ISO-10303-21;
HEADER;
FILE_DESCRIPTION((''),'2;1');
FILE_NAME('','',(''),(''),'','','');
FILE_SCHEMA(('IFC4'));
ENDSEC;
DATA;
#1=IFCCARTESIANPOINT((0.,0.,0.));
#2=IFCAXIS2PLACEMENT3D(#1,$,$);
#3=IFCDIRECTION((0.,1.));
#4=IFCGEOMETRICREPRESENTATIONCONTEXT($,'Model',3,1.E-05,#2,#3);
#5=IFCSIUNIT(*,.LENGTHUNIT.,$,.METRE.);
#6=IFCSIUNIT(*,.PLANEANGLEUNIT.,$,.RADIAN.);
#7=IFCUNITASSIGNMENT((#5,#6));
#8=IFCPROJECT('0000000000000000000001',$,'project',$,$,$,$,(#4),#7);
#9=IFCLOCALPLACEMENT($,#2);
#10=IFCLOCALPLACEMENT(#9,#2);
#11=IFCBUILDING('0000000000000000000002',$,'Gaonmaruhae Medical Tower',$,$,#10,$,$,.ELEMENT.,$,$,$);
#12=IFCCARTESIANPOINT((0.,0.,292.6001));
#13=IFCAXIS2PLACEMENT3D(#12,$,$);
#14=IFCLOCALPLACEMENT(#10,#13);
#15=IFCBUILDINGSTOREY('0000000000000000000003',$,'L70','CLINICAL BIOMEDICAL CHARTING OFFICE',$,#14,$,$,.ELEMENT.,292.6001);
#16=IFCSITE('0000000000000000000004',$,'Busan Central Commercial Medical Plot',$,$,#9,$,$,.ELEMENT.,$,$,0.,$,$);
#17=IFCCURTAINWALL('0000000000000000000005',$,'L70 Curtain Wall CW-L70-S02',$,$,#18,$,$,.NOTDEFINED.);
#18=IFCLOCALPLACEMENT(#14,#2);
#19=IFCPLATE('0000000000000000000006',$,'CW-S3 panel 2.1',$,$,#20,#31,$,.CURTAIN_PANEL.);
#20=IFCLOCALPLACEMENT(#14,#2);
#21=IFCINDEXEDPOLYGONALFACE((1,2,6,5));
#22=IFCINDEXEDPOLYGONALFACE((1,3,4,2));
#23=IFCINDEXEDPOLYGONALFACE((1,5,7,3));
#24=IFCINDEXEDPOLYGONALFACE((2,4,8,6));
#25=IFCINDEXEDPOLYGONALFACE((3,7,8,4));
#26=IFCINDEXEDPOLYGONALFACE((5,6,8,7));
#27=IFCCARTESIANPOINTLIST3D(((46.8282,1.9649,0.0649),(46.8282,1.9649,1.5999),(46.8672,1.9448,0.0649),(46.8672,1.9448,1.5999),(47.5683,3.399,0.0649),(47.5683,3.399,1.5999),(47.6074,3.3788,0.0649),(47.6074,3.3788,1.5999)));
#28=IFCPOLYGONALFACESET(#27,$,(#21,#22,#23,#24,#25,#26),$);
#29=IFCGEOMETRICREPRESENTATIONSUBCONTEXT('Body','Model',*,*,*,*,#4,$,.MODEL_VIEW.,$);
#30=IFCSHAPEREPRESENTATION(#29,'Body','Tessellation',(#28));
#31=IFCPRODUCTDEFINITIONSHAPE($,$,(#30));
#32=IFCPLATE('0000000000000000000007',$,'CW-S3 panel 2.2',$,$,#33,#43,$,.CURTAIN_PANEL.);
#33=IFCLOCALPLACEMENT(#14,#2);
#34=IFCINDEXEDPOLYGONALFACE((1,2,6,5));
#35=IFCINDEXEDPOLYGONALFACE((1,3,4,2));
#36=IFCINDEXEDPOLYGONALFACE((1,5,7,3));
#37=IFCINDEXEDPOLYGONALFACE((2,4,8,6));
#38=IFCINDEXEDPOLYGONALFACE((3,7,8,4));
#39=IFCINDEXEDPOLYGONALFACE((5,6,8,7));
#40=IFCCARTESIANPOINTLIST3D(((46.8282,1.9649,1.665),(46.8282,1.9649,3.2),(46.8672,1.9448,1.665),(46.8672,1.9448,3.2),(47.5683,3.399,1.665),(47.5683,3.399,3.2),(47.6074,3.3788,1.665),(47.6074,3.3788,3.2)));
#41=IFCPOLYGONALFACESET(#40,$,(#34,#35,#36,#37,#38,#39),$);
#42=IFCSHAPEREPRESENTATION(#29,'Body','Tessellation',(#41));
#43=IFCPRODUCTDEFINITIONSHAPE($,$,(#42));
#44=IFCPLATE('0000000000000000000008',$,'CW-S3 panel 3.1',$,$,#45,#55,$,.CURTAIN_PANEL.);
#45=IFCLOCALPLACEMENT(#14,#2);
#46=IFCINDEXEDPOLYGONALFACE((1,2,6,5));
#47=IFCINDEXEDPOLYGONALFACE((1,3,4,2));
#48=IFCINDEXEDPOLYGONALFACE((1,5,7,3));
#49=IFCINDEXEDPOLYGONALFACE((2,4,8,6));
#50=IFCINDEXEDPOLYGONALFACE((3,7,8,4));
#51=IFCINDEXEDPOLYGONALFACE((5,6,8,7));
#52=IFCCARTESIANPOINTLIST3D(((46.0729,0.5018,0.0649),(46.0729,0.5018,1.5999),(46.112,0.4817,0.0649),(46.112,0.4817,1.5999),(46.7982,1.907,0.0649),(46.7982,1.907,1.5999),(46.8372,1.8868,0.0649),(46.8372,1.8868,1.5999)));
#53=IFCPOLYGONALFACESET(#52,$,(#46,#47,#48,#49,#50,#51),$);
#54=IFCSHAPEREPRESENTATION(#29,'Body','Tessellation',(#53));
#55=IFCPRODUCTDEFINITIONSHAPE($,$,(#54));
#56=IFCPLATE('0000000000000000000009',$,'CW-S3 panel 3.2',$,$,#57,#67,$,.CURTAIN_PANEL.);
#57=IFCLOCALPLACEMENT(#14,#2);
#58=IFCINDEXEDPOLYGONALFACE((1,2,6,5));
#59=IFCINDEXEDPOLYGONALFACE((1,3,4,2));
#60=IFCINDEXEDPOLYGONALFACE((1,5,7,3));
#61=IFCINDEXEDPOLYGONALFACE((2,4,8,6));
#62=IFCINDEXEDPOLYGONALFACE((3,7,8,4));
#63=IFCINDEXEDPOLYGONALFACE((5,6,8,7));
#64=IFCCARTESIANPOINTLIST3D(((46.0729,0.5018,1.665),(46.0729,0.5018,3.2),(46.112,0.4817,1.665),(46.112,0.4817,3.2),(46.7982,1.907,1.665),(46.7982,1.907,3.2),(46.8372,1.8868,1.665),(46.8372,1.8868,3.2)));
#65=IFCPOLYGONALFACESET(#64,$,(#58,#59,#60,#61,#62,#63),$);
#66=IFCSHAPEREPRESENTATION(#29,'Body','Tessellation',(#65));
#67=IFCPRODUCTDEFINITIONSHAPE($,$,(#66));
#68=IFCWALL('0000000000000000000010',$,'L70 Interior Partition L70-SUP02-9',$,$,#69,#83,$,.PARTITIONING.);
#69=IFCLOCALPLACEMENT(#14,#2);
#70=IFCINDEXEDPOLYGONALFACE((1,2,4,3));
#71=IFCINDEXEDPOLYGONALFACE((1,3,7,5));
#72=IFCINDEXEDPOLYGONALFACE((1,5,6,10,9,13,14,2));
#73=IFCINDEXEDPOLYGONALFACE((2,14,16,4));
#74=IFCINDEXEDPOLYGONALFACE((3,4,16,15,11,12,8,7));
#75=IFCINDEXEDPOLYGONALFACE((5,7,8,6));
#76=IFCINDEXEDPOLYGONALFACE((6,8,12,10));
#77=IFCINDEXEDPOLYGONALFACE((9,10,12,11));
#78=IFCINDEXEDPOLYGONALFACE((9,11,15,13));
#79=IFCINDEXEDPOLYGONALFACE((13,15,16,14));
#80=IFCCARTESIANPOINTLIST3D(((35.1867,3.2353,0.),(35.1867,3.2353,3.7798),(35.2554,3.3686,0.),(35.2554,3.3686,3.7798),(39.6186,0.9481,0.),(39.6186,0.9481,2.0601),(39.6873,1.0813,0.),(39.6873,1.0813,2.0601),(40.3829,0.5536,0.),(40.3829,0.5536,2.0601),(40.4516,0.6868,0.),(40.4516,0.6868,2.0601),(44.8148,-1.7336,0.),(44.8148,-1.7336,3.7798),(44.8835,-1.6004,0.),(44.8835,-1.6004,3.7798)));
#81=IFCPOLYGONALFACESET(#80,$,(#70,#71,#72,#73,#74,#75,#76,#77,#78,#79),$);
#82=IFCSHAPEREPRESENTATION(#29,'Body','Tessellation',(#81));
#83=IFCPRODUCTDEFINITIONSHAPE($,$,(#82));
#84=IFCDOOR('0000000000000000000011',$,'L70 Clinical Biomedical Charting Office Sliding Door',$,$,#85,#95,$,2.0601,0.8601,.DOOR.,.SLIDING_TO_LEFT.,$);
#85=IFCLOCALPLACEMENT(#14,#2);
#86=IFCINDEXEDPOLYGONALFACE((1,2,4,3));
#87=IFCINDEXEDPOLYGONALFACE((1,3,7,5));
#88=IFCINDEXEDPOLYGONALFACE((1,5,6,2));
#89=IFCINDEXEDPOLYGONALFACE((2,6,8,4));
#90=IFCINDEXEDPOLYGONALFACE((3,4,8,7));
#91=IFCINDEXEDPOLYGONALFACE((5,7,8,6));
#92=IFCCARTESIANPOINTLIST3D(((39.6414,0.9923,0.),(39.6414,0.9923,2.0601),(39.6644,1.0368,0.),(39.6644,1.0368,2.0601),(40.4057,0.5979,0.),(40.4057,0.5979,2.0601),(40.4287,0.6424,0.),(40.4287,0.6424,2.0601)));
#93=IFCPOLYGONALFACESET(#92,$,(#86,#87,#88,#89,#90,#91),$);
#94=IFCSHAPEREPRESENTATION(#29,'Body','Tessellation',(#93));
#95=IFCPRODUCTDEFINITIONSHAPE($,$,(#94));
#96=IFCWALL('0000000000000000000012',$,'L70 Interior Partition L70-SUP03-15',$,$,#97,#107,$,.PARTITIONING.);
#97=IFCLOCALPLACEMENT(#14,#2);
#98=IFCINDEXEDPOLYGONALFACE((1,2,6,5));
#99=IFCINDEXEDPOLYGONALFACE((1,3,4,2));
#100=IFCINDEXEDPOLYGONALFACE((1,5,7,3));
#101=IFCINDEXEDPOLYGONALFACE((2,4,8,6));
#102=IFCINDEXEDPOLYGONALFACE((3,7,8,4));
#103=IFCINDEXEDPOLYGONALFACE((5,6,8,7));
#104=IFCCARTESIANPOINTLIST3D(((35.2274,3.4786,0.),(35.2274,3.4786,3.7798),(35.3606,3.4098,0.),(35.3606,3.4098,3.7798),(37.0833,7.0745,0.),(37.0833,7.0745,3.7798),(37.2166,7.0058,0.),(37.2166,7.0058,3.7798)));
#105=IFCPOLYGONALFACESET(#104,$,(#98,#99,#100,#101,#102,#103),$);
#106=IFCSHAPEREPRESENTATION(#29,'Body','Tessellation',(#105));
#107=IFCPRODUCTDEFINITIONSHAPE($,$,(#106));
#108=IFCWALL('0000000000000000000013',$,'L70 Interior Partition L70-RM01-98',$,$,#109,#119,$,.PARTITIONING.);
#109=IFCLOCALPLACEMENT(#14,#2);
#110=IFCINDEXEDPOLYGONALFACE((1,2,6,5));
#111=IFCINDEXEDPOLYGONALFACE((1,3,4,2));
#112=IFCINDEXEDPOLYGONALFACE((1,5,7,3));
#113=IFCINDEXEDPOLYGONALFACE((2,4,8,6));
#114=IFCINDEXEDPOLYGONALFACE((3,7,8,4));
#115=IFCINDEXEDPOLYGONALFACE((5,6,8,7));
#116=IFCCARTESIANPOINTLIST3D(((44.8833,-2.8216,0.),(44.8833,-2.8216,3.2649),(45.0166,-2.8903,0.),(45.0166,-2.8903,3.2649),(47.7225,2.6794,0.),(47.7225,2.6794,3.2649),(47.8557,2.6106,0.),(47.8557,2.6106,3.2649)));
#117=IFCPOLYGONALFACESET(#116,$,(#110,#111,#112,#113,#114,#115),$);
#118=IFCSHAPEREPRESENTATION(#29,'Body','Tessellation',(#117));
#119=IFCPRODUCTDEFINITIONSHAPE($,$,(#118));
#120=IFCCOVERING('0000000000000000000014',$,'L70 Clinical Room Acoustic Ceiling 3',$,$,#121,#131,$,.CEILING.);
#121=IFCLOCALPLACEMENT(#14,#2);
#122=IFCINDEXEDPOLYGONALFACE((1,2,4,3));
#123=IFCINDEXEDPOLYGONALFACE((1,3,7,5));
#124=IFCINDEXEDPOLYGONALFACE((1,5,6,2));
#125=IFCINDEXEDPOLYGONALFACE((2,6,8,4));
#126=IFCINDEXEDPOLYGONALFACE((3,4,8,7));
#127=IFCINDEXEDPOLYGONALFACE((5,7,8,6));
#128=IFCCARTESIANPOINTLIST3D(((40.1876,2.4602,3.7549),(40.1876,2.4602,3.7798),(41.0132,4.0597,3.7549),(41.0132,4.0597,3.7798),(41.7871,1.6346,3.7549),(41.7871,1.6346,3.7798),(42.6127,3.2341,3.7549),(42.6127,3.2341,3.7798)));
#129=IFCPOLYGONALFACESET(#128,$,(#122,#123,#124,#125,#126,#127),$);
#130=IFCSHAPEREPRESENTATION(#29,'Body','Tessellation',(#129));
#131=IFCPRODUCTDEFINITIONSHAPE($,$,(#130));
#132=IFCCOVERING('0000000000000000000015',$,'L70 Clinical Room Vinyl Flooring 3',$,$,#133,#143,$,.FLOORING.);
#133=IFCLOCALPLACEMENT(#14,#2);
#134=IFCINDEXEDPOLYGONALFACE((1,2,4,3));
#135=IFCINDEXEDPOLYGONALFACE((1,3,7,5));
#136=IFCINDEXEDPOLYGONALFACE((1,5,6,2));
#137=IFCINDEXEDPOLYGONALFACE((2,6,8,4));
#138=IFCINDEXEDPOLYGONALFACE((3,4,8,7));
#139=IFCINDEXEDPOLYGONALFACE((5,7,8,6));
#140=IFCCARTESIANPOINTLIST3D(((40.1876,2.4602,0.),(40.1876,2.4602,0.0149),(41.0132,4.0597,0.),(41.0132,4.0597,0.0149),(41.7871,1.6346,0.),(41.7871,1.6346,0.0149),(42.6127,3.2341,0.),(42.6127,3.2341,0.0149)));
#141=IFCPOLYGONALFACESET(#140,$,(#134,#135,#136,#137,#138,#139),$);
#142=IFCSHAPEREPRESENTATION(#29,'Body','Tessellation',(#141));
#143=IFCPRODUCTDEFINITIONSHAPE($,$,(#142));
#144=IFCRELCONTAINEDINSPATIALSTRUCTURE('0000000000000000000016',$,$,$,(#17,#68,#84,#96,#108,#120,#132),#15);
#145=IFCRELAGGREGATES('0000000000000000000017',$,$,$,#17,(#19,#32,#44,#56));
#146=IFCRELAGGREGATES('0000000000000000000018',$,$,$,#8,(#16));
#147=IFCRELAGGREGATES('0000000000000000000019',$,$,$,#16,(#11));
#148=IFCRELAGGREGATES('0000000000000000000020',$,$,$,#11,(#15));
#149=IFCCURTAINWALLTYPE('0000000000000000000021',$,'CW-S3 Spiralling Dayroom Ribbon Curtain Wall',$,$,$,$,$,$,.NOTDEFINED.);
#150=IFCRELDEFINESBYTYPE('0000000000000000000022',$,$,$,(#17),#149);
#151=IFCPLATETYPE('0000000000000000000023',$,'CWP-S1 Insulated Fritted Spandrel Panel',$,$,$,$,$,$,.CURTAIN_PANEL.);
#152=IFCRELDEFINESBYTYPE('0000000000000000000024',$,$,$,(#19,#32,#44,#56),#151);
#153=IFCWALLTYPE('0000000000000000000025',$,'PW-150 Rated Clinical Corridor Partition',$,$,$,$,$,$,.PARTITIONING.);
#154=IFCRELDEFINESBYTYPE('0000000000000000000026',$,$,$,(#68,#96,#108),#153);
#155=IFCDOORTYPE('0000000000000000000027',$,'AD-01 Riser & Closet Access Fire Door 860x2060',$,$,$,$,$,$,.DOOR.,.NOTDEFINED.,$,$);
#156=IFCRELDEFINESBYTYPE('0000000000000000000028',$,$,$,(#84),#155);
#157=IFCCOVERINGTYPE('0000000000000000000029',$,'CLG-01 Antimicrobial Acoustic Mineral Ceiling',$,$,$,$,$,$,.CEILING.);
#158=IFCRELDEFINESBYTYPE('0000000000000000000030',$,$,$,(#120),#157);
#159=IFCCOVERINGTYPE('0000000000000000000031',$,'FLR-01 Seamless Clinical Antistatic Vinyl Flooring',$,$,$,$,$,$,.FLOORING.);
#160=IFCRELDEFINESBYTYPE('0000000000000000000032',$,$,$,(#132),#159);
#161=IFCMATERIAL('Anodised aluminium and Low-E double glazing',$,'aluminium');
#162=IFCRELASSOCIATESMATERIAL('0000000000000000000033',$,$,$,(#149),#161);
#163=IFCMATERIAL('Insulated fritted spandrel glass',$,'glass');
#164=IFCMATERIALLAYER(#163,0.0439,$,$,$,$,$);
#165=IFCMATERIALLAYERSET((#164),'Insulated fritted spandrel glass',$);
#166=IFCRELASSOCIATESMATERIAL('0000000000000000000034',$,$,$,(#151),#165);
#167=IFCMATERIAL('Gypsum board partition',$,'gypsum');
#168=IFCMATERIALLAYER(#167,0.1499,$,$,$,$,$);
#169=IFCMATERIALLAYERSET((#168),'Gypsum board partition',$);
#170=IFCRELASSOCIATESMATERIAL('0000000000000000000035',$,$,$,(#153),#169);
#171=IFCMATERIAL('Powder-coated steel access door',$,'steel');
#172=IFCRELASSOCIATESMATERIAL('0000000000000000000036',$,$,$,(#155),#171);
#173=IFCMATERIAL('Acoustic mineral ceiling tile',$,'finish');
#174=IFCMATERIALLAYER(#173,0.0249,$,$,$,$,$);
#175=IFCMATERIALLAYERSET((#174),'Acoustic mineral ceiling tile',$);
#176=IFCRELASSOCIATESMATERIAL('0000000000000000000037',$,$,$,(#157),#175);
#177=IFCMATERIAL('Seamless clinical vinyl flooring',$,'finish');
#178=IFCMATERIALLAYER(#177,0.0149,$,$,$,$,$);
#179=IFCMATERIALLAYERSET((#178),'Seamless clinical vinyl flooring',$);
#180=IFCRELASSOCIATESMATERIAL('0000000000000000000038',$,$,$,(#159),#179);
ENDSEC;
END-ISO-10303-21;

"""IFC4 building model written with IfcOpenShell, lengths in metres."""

from ifc_helpers import new_model, si_unit, direction, frame, frame_2d, origin, origin_2d, place, context, subcontext, project, spatial, rectangle, extrude, material, layer, layer_set, type_object, element, fill, aggregate, save


model = new_model("IFC4")

# Units and contexts
model_context = context("Model", 3, precision=1e-05, world=origin(), true_north=direction((0.0, 1.0)))
body_context = subcontext(model_context, "Body", "Model", "MODEL_VIEW")
ifc_project = project(units=[si_unit("LENGTHUNIT", "METRE"), si_unit("PLANEANGLEUNIT", "RADIAN")], contexts=[model_context])

# Site, building, storey
site_placement = place(None, origin())
site = spatial("IfcSite", under=ifc_project, at=site_placement, Name="Busan Central Commercial Medical Plot", CompositionType="ELEMENT", RefElevation=0.0)
building_placement = place(site_placement, origin())
building = spatial("IfcBuilding", under=site, at=building_placement, Name="Gaonmaruhae Medical Tower", CompositionType="ELEMENT")
storey_placement = place(building_placement, frame((0.0, 0.0, 292.6001)))
storey = spatial("IfcBuildingStorey", under=building, at=storey_placement, Name="L70", Description="CLINICAL BIOMEDICAL CHARTING OFFICE", CompositionType="ELEMENT", Elevation=292.6001)

# Curtain wall
ifc_material_1 = material(Name="Anodised aluminium and Low-E double glazing", Category="aluminium")
curtain_wall_type = type_object("IfcCurtainWallType", Name="CW-S3 Spiralling Dayroom Ribbon Curtain Wall", PredefinedType="NOTDEFINED", material=ifc_material_1)
curtain_wall_placement = place(storey_placement, origin())
curtain_wall = element("IfcCurtainWall", 1, at=curtain_wall_placement, inside=storey, type_object=curtain_wall_type, Name="L70 Curtain Wall CW-L70-S02", PredefinedType="NOTDEFINED")

# Plates
ifc_material_2 = material(Name="Insulated fritted spandrel glass", Category="glass")
ifc_layer_1 = layer(ifc_material_2, 0.0439)
ifc_layer_set_1 = layer_set([ifc_layer_1], Name="Insulated fritted spandrel glass")
plate_type = type_object("IfcPlateType", Name="CWP-S1 Insulated Fritted Spandrel Panel", PredefinedType="CURTAIN_PANEL", material=ifc_layer_set_1)
plate_1_placement = place(storey_placement, frame((47.2178, 2.6719, 0.0649), z_axis=(0.0, 0.0, 1.0), x_axis=(-0.458637, -0.888624, 0.0)))
plate_1 = element("IfcPlate", 2, at=plate_1_placement, type_object=plate_type, Name="CW-S3 panel 2.1", PredefinedType="CURTAIN_PANEL", context=body_context, shape_type="SweptSolid", body=[
    extrude(rectangle(XDim=1.6138, YDim=0.0439, at=origin_2d()), origin(), (0.0, 0.0, 1.0), 1.5349),
])
plate_2_placement = place(storey_placement, frame((47.2178, 2.6719, 1.665), z_axis=(0.0, 0.0, 1.0), x_axis=(-0.458637, -0.888624, 0.0)))
plate_2 = element("IfcPlate", 3, at=plate_2_placement, type_object=plate_type, Name="CW-S3 panel 2.2", PredefinedType="CURTAIN_PANEL", context=body_context, shape_type="SweptSolid", body=[
    extrude(rectangle(XDim=1.6138, YDim=0.0439, at=origin_2d()), origin(), (0.0, 0.0, 1.0), 1.5349),
])
plate_3_placement = place(storey_placement, frame((46.4551, 1.1943, 0.0649), z_axis=(0.0, 0.0, 1.0), x_axis=(-0.458637, -0.888624, 0.0)))
plate_3 = element("IfcPlate", 4, at=plate_3_placement, type_object=plate_type, Name="CW-S3 panel 3.1", PredefinedType="CURTAIN_PANEL", context=body_context, shape_type="SweptSolid", body=[
    extrude(rectangle(XDim=1.5813, YDim=0.0439, at=origin_2d()), origin(), (0.0, 0.0, 1.0), 1.5349),
])
plate_4_placement = place(storey_placement, frame((46.4551, 1.1943, 1.665), z_axis=(0.0, 0.0, 1.0), x_axis=(-0.458637, -0.888624, 0.0)))
plate_4 = element("IfcPlate", 5, at=plate_4_placement, type_object=plate_type, Name="CW-S3 panel 3.2", PredefinedType="CURTAIN_PANEL", context=body_context, shape_type="SweptSolid", body=[
    extrude(rectangle(XDim=1.5813, YDim=0.0439, at=origin_2d()), origin(), (0.0, 0.0, 1.0), 1.5349),
])
aggregate(curtain_wall, [plate_1, plate_2, plate_3, plate_4])

# Wall, opening, door
ifc_material_3 = material(Name="Gypsum board partition", Category="gypsum")
ifc_layer_2 = layer(ifc_material_3, 0.1499)
ifc_layer_set_2 = layer_set([ifc_layer_2], Name="Gypsum board partition")
wall_type = type_object("IfcWallType", Name="PW-150 Rated Clinical Corridor Partition", PredefinedType="PARTITIONING", material=ifc_layer_set_2)
wall_1_placement = place(storey_placement, frame((35.2209, 3.302, 0.0), z_axis=(0.0, 0.0, 1.0), x_axis=(0.888635, -0.458615, 0.0)))
wall_1 = element("IfcWall", 6, at=wall_1_placement, inside=storey, type_object=wall_type, Name="L70 Interior Partition L70-SUP02-9", PredefinedType="PARTITIONING", context=body_context, shape_type="SweptSolid", body=[
    extrude(rectangle(XDim=10.8347, YDim=0.1499, at=frame_2d((5.4175, 0.0))), origin(), (0.0, 0.0, 1.0), 3.7798),
])
opening_placement = place(wall_1_placement, frame((4.9873, 0.0, 0.0)))
opening = element("IfcOpeningElement", 7, at=opening_placement, cuts=wall_1, PredefinedType="OPENING", context=body_context, shape_type="SweptSolid", body=[
    extrude(rectangle(XDim=0.8601, YDim=2.0601, at=frame_2d((0.4302, 1.03))), frame((0.0, 0.085, 0.0), z_axis=(0.0, -1.0, 0.0), x_axis=(1.0, 0.0, 0.0)), (0.0, 0.0, 1.0), 0.1699),
])
ifc_material_4 = material(Name="Powder-coated steel access door", Category="steel")
door_type = type_object("IfcDoorType", Name="AD-01 Riser & Closet Access Fire Door 860x2060", OperationType="NOTDEFINED", PredefinedType="DOOR", material=ifc_material_4)
door_placement = place(opening_placement, origin())
door = element("IfcDoor", 8, at=door_placement, inside=storey, type_object=door_type, Name="L70 Clinical Biomedical Charting Office Sliding Door", OperationType="SLIDING_TO_LEFT", OverallHeight=2.0601, OverallWidth=0.8601, PredefinedType="DOOR", context=body_context, shape_type="SweptSolid", body=[
    extrude(rectangle(XDim=0.8601, YDim=2.0601, at=frame_2d((0.4302, 1.03))), frame((0.0, 0.0249, 0.0), z_axis=(0.0, -1.0, 0.0), x_axis=(1.0, 0.0, 0.0)), (0.0, 0.0, 1.0), 0.05),
])
fill(opening, door)

# Walls
wall_2_placement = place(storey_placement, frame((35.2939, 3.4441, 0.0), z_axis=(0.0, 0.0, 1.0), x_axis=(0.45864, 0.888622, 0.0)))
element("IfcWall", 9, at=wall_2_placement, inside=storey, type_object=wall_type, Name="L70 Interior Partition L70-SUP03-15", PredefinedType="PARTITIONING", context=body_context, shape_type="SweptSolid", body=[
    extrude(rectangle(XDim=4.0466, YDim=0.1499, at=frame_2d((2.0234, 0.0))), origin(), (0.0, 0.0, 1.0), 3.7798),
])
wall_3_placement = place(storey_placement, frame((47.7891, 2.645, 0.0), z_axis=(0.0, 0.0, 1.0), x_axis=(-0.45863, -0.888627, 0.0)))
element("IfcWall", 10, at=wall_3_placement, inside=storey, type_object=wall_type, Name="L70 Interior Partition L70-RM01-98", PredefinedType="PARTITIONING", context=body_context, shape_type="SweptSolid", body=[
    extrude(rectangle(XDim=6.1904, YDim=0.1499, at=frame_2d((3.0952, 0.0))), origin(), (0.0, 0.0, 1.0), 3.2649),
])

# Coverings
ifc_material_5 = material(Name="Acoustic mineral ceiling tile", Category="finish")
ifc_layer_3 = layer(ifc_material_5, 0.0249)
ifc_layer_set_3 = layer_set([ifc_layer_3], Name="Acoustic mineral ceiling tile")
covering_type_1 = type_object("IfcCoveringType", Name="CLG-01 Antimicrobial Acoustic Mineral Ceiling", PredefinedType="CEILING", material=ifc_layer_set_3)
covering_1_placement = place(storey_placement, frame((41.4001, 2.8472, 3.7549), z_axis=(0.0, 0.0, 1.0), x_axis=(0.45865, 0.888617, 0.0)))
element("IfcCovering", 11, at=covering_1_placement, inside=storey, type_object=covering_type_1, Name="L70 Clinical Room Acoustic Ceiling 3", PredefinedType="CEILING", context=body_context, shape_type="SweptSolid", body=[
    extrude(rectangle(XDim=1.8, YDim=1.8, at=origin_2d()), origin(), (0.0, 0.0, 1.0), 0.0249),
])
ifc_material_6 = material(Name="Seamless clinical vinyl flooring", Category="finish")
ifc_layer_4 = layer(ifc_material_6, 0.0149)
ifc_layer_set_4 = layer_set([ifc_layer_4], Name="Seamless clinical vinyl flooring")
covering_type_2 = type_object("IfcCoveringType", Name="FLR-01 Seamless Clinical Antistatic Vinyl Flooring", PredefinedType="FLOORING", material=ifc_layer_set_4)
covering_2_placement = place(storey_placement, frame((41.4001, 2.8472, 0.0), z_axis=(0.0, 0.0, 1.0), x_axis=(0.45865, 0.888617, 0.0)))
element("IfcCovering", 12, at=covering_2_placement, inside=storey, type_object=covering_type_2, Name="L70 Clinical Room Vinyl Flooring 3", PredefinedType="FLOORING", context=body_context, shape_type="SweptSolid", body=[
    extrude(rectangle(XDim=1.8, YDim=1.8, at=origin_2d()), origin(), (0.0, 0.0, 1.0), 0.0149),
])

save(model, "model.ifc")
